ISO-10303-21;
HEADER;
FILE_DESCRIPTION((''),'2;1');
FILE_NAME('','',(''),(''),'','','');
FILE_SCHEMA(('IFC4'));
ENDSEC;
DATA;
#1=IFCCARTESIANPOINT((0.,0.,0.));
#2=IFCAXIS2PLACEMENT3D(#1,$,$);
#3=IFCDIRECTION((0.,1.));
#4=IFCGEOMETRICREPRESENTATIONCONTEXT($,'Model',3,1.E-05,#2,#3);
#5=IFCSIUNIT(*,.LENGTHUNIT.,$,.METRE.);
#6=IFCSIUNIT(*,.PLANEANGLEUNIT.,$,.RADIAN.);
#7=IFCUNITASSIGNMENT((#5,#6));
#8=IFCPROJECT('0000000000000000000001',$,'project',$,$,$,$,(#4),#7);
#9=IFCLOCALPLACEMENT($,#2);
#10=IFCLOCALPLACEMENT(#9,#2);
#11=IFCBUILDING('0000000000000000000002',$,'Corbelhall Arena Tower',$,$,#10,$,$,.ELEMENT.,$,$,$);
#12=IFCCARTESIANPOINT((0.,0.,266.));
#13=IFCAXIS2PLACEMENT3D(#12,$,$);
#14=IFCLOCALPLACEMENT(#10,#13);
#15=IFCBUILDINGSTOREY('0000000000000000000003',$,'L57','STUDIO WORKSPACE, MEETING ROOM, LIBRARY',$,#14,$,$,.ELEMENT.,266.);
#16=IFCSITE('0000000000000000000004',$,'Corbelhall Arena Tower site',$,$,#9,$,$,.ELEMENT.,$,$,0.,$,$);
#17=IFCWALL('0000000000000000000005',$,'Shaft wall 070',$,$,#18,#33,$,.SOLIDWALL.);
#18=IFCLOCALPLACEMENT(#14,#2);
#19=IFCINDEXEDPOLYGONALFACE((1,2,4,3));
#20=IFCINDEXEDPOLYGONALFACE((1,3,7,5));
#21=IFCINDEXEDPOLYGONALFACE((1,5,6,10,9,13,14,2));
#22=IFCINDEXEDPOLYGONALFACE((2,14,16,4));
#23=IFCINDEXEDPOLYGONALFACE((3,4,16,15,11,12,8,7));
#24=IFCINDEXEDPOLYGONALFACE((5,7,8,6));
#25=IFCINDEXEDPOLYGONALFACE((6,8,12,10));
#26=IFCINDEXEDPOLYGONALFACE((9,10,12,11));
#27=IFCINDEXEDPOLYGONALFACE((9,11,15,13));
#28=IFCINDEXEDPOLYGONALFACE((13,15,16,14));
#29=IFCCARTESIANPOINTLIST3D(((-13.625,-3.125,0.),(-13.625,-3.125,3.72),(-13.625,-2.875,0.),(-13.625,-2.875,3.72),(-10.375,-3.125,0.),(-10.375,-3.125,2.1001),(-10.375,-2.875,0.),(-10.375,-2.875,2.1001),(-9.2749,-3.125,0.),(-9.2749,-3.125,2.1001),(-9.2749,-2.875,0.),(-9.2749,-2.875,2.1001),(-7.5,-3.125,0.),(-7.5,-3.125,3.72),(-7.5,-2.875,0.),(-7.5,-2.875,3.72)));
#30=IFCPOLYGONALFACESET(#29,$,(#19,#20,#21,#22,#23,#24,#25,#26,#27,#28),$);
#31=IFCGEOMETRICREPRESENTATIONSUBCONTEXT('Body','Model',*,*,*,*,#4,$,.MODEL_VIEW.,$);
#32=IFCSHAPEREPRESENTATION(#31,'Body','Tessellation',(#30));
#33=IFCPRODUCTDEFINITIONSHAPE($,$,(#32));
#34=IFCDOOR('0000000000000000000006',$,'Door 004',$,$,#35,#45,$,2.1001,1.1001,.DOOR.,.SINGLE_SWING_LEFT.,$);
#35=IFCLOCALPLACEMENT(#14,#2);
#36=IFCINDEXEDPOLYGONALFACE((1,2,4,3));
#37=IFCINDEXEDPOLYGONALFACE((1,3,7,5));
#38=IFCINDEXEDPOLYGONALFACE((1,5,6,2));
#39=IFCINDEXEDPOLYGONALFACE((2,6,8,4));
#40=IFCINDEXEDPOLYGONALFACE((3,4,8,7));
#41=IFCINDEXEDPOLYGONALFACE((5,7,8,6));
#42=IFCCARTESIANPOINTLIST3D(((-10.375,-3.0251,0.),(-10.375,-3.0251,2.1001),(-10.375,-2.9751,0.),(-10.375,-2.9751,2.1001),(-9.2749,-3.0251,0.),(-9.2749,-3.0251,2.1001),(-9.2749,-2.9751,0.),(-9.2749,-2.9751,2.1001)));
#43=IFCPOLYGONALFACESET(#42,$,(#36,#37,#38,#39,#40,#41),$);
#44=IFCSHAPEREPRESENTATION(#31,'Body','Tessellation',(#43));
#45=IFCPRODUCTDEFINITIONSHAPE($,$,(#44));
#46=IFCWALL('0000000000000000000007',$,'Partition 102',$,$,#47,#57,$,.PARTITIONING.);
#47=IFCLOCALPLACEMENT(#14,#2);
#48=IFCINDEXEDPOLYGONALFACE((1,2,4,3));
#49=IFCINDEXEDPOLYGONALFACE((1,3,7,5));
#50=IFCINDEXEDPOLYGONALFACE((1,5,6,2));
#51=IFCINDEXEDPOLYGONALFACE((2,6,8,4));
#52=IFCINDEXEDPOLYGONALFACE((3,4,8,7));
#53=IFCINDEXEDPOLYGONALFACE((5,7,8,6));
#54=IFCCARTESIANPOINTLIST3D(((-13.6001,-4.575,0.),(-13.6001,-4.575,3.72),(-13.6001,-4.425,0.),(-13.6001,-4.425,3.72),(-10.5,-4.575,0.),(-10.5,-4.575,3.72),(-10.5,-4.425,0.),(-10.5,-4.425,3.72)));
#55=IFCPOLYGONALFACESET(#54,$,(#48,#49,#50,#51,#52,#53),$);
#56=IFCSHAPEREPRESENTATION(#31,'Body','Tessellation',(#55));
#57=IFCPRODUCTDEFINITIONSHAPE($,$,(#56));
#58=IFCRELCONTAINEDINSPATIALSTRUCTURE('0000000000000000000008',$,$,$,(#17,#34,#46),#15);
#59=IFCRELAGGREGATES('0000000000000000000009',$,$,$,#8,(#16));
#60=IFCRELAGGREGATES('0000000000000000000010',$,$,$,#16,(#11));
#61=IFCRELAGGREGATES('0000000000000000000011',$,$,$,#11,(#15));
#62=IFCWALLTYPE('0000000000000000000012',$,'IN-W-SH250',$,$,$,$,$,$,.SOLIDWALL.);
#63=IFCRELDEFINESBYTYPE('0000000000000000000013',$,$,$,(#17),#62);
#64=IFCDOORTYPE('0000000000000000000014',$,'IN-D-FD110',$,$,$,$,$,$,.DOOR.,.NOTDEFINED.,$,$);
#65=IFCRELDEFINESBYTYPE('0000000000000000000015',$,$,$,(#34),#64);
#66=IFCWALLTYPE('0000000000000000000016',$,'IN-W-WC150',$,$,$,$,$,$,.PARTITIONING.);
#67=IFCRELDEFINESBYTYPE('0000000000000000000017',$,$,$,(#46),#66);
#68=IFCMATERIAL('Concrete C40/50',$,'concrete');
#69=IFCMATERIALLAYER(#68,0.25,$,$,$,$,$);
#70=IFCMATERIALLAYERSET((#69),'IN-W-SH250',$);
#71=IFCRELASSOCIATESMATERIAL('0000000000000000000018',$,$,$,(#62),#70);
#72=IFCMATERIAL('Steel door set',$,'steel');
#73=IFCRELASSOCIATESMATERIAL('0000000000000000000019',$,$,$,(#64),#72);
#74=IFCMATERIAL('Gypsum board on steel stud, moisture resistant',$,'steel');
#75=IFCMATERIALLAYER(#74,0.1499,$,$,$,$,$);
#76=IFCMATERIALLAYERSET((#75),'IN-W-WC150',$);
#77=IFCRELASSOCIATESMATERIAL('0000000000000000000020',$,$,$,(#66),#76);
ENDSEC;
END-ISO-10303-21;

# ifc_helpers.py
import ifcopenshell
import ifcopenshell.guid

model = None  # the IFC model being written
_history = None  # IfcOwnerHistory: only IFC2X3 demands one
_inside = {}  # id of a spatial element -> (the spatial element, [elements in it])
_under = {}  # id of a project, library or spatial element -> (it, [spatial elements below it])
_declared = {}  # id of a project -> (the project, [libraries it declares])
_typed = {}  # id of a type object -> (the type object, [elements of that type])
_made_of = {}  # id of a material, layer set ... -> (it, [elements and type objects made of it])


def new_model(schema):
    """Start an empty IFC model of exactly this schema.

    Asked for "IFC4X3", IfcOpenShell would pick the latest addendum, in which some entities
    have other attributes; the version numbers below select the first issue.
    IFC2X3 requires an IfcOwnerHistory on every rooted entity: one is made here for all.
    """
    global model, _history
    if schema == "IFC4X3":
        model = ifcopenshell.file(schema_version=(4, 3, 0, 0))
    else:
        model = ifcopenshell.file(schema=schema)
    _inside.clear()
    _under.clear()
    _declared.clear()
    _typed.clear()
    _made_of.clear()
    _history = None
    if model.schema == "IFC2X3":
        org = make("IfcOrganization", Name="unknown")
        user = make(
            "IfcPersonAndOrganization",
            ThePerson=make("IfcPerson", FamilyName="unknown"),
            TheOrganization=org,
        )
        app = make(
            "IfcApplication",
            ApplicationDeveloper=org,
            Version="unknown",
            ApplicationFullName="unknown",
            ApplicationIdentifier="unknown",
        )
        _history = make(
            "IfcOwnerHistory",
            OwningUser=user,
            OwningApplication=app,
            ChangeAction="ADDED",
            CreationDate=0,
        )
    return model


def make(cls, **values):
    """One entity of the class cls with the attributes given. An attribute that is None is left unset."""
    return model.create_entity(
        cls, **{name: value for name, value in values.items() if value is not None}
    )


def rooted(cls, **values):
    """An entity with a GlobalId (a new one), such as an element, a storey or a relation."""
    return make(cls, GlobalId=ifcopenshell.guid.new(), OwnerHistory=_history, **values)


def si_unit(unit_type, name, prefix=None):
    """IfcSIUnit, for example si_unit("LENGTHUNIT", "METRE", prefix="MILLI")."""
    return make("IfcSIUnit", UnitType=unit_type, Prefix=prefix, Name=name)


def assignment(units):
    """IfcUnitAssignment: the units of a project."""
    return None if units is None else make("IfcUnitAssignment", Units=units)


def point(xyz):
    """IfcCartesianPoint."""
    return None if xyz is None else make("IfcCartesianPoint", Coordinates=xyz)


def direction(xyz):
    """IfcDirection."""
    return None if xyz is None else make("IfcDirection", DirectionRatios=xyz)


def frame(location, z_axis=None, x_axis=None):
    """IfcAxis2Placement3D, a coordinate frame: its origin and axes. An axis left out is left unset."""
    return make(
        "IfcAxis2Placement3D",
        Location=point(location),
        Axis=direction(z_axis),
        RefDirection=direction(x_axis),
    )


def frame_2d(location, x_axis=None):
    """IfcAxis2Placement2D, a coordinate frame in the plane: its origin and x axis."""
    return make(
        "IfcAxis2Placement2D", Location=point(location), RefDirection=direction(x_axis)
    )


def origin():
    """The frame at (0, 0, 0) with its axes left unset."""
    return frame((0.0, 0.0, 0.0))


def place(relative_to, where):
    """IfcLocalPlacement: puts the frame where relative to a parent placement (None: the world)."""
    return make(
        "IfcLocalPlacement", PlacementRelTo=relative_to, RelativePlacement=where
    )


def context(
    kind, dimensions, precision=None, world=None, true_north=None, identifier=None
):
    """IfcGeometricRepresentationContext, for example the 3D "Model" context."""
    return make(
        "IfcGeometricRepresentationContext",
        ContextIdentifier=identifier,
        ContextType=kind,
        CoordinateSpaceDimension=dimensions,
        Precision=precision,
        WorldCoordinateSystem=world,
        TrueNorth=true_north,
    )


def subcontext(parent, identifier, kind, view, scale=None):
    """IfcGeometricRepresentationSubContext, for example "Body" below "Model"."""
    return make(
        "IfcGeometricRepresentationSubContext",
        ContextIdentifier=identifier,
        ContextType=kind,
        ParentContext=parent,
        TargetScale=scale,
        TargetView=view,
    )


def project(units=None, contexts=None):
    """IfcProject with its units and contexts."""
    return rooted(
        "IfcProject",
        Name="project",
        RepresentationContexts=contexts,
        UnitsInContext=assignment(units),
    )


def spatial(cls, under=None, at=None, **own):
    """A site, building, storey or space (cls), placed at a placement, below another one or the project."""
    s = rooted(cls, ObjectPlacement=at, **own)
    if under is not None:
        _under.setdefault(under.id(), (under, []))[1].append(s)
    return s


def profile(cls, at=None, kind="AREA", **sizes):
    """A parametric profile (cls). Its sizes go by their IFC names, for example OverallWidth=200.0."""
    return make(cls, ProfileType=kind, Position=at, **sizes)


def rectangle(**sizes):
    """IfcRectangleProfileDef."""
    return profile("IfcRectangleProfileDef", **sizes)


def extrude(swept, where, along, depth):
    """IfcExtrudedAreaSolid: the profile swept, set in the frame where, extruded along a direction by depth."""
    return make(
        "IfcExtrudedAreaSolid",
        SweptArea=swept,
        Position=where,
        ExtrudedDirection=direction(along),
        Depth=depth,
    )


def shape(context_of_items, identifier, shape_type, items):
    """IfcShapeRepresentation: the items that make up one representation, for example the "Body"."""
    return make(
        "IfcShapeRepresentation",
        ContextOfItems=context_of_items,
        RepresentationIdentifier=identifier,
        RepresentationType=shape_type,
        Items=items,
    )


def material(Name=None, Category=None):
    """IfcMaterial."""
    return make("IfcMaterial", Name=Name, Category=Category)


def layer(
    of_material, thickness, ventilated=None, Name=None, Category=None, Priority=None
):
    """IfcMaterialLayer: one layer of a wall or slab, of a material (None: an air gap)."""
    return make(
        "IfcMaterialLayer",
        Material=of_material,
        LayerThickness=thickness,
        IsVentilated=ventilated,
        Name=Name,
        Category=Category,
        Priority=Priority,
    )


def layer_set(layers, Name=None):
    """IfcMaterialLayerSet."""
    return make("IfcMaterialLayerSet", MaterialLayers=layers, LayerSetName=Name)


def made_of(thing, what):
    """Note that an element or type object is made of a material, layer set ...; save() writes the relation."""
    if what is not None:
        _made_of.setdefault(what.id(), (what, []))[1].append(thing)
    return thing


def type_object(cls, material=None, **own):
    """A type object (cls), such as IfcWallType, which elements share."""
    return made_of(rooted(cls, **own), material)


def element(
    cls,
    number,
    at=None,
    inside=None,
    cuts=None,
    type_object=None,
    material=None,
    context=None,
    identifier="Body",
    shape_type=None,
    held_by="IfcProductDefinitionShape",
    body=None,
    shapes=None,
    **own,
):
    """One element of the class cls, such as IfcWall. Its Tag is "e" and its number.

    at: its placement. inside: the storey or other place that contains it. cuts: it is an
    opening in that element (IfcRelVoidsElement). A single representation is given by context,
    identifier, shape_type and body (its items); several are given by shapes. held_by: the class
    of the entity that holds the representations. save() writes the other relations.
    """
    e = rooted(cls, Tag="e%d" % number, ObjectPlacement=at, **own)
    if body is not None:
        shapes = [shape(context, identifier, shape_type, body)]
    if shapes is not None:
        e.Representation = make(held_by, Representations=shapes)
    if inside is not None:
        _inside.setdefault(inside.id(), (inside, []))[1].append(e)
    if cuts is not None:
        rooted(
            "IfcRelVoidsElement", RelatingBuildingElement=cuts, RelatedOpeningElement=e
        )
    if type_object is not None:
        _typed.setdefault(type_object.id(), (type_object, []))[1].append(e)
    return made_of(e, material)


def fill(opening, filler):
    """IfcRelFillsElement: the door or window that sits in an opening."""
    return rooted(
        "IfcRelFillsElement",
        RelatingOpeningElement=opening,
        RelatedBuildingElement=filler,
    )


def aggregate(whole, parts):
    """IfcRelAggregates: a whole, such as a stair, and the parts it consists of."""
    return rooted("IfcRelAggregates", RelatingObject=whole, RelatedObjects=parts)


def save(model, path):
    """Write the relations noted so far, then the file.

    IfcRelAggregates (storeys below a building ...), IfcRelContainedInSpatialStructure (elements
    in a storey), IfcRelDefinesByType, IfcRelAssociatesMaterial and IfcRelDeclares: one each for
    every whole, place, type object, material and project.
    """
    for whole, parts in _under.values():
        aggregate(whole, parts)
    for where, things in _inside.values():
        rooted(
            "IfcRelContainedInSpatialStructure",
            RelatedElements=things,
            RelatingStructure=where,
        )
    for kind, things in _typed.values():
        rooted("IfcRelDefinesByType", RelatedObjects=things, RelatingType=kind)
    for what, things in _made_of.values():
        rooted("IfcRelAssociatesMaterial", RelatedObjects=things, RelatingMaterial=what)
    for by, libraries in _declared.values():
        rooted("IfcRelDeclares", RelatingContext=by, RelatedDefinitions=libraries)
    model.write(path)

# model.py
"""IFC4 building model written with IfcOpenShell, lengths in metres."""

from ifc_helpers import new_model, si_unit, direction, frame, frame_2d, origin, place, context, subcontext, project, spatial, rectangle, extrude, material, layer, layer_set, type_object, element, fill, save


model = new_model("IFC4")

# Units and contexts
model_context = context("Model", 3, precision=1e-05, world=origin(), true_north=direction((0.0, 1.0)))
body_context = subcontext(model_context, "Body", "Model", "MODEL_VIEW")
ifc_project = project(units=[si_unit("LENGTHUNIT", "METRE"), si_unit("PLANEANGLEUNIT", "RADIAN")], contexts=[model_context])

# Site, building, storey
site_placement = place(None, origin())
site = spatial("IfcSite", under=ifc_project, at=site_placement, Name="Corbelhall Arena Tower site", CompositionType="ELEMENT", RefElevation=0.0)
building_placement = place(site_placement, origin())
building = spatial("IfcBuilding", under=site, at=building_placement, Name="Corbelhall Arena Tower", CompositionType="ELEMENT")
storey_placement = place(building_placement, frame((0.0, 0.0, 266.0)))
storey = spatial("IfcBuildingStorey", under=building, at=storey_placement, Name="L57", Description="STUDIO WORKSPACE, MEETING ROOM, LIBRARY", CompositionType="ELEMENT", Elevation=266.0)

# Shared definitions
ifc_material_1 = material(Name="Steel door set", Category="steel")

# Shared definitions
ifc_material_2 = material(Name="Concrete C40/50", Category="concrete")
ifc_layer_1 = layer(ifc_material_2, 0.25)
ifc_layer_set_1 = layer_set([ifc_layer_1], Name="IN-W-SH250")
wall_type_1 = type_object("IfcWallType", Name="IN-W-SH250", PredefinedType="SOLIDWALL", material=ifc_layer_set_1)

# Wall, opening, door
wall_1_placement = place(storey_placement, frame((-13.625, -3.0, 0.0), z_axis=(0.0, 0.0, 1.0), x_axis=(1.0, 0.0, 0.0)))
wall_1 = element("IfcWall", 1, at=wall_1_placement, inside=storey, type_object=wall_type_1, Name="Shaft wall 070", PredefinedType="SOLIDWALL", context=body_context, shape_type="SweptSolid", body=[
    extrude(rectangle(XDim=6.125, YDim=0.25, at=frame_2d((3.0625, 0.0))), origin(), (0.0, 0.0, 1.0), 3.72),
])
opening_1_placement = place(wall_1_placement, frame((3.25, 0.0, 0.0)))
opening_1 = element("IfcOpeningElement", 2, at=opening_1_placement, cuts=wall_1, PredefinedType="OPENING", context=body_context, shape_type="SweptSolid", body=[
    extrude(rectangle(XDim=1.1001, YDim=2.1001, at=frame_2d((0.55, 1.05))), frame((0.0, 0.125, 0.0), z_axis=(0.0, -1.0, 0.0), x_axis=(1.0, 0.0, 0.0)), (0.0, 0.0, 1.0), 0.25),
])
door_type_1 = type_object("IfcDoorType", Name="IN-D-FD110", OperationType="NOTDEFINED", PredefinedType="DOOR", material=ifc_material_1)
door_1_placement = place(opening_1_placement, origin())
door_1 = element("IfcDoor", 3, at=door_1_placement, inside=storey, type_object=door_type_1, Name="Door 004", OperationType="SINGLE_SWING_LEFT", OverallHeight=2.1001, OverallWidth=1.1001, PredefinedType="DOOR", context=body_context, shape_type="SweptSolid", body=[
    extrude(rectangle(XDim=1.1001, YDim=2.1001, at=frame_2d((0.55, 1.05))), frame((0.0, 0.0249, 0.0), z_axis=(0.0, -1.0, 0.0), x_axis=(1.0, 0.0, 0.0)), (0.0, 0.0, 1.0), 0.05),
])
fill(opening_1, door_1)

# Wall
ifc_material_3 = material(Name="Gypsum board on steel stud, moisture resistant", Category="steel")
ifc_layer_2 = layer(ifc_material_3, 0.1499)
ifc_layer_set_2 = layer_set([ifc_layer_2], Name="IN-W-WC150")
wall_type_2 = type_object("IfcWallType", Name="IN-W-WC150", PredefinedType="PARTITIONING", material=ifc_layer_set_2)
wall_2_placement = place(storey_placement, frame((-13.6001, -4.5, 0.0), z_axis=(0.0, 0.0, 1.0), x_axis=(1.0, 0.0, 0.0)))
element("IfcWall", 4, at=wall_2_placement, inside=storey, type_object=wall_type_2, Name="Partition 102", PredefinedType="PARTITIONING", context=body_context, shape_type="SweptSolid", body=[
    extrude(rectangle(XDim=3.1001, YDim=0.1499, at=frame_2d((1.55, 0.0))), origin(), (0.0, 0.0, 1.0), 3.72),
])

save(model, "model.ifc")
